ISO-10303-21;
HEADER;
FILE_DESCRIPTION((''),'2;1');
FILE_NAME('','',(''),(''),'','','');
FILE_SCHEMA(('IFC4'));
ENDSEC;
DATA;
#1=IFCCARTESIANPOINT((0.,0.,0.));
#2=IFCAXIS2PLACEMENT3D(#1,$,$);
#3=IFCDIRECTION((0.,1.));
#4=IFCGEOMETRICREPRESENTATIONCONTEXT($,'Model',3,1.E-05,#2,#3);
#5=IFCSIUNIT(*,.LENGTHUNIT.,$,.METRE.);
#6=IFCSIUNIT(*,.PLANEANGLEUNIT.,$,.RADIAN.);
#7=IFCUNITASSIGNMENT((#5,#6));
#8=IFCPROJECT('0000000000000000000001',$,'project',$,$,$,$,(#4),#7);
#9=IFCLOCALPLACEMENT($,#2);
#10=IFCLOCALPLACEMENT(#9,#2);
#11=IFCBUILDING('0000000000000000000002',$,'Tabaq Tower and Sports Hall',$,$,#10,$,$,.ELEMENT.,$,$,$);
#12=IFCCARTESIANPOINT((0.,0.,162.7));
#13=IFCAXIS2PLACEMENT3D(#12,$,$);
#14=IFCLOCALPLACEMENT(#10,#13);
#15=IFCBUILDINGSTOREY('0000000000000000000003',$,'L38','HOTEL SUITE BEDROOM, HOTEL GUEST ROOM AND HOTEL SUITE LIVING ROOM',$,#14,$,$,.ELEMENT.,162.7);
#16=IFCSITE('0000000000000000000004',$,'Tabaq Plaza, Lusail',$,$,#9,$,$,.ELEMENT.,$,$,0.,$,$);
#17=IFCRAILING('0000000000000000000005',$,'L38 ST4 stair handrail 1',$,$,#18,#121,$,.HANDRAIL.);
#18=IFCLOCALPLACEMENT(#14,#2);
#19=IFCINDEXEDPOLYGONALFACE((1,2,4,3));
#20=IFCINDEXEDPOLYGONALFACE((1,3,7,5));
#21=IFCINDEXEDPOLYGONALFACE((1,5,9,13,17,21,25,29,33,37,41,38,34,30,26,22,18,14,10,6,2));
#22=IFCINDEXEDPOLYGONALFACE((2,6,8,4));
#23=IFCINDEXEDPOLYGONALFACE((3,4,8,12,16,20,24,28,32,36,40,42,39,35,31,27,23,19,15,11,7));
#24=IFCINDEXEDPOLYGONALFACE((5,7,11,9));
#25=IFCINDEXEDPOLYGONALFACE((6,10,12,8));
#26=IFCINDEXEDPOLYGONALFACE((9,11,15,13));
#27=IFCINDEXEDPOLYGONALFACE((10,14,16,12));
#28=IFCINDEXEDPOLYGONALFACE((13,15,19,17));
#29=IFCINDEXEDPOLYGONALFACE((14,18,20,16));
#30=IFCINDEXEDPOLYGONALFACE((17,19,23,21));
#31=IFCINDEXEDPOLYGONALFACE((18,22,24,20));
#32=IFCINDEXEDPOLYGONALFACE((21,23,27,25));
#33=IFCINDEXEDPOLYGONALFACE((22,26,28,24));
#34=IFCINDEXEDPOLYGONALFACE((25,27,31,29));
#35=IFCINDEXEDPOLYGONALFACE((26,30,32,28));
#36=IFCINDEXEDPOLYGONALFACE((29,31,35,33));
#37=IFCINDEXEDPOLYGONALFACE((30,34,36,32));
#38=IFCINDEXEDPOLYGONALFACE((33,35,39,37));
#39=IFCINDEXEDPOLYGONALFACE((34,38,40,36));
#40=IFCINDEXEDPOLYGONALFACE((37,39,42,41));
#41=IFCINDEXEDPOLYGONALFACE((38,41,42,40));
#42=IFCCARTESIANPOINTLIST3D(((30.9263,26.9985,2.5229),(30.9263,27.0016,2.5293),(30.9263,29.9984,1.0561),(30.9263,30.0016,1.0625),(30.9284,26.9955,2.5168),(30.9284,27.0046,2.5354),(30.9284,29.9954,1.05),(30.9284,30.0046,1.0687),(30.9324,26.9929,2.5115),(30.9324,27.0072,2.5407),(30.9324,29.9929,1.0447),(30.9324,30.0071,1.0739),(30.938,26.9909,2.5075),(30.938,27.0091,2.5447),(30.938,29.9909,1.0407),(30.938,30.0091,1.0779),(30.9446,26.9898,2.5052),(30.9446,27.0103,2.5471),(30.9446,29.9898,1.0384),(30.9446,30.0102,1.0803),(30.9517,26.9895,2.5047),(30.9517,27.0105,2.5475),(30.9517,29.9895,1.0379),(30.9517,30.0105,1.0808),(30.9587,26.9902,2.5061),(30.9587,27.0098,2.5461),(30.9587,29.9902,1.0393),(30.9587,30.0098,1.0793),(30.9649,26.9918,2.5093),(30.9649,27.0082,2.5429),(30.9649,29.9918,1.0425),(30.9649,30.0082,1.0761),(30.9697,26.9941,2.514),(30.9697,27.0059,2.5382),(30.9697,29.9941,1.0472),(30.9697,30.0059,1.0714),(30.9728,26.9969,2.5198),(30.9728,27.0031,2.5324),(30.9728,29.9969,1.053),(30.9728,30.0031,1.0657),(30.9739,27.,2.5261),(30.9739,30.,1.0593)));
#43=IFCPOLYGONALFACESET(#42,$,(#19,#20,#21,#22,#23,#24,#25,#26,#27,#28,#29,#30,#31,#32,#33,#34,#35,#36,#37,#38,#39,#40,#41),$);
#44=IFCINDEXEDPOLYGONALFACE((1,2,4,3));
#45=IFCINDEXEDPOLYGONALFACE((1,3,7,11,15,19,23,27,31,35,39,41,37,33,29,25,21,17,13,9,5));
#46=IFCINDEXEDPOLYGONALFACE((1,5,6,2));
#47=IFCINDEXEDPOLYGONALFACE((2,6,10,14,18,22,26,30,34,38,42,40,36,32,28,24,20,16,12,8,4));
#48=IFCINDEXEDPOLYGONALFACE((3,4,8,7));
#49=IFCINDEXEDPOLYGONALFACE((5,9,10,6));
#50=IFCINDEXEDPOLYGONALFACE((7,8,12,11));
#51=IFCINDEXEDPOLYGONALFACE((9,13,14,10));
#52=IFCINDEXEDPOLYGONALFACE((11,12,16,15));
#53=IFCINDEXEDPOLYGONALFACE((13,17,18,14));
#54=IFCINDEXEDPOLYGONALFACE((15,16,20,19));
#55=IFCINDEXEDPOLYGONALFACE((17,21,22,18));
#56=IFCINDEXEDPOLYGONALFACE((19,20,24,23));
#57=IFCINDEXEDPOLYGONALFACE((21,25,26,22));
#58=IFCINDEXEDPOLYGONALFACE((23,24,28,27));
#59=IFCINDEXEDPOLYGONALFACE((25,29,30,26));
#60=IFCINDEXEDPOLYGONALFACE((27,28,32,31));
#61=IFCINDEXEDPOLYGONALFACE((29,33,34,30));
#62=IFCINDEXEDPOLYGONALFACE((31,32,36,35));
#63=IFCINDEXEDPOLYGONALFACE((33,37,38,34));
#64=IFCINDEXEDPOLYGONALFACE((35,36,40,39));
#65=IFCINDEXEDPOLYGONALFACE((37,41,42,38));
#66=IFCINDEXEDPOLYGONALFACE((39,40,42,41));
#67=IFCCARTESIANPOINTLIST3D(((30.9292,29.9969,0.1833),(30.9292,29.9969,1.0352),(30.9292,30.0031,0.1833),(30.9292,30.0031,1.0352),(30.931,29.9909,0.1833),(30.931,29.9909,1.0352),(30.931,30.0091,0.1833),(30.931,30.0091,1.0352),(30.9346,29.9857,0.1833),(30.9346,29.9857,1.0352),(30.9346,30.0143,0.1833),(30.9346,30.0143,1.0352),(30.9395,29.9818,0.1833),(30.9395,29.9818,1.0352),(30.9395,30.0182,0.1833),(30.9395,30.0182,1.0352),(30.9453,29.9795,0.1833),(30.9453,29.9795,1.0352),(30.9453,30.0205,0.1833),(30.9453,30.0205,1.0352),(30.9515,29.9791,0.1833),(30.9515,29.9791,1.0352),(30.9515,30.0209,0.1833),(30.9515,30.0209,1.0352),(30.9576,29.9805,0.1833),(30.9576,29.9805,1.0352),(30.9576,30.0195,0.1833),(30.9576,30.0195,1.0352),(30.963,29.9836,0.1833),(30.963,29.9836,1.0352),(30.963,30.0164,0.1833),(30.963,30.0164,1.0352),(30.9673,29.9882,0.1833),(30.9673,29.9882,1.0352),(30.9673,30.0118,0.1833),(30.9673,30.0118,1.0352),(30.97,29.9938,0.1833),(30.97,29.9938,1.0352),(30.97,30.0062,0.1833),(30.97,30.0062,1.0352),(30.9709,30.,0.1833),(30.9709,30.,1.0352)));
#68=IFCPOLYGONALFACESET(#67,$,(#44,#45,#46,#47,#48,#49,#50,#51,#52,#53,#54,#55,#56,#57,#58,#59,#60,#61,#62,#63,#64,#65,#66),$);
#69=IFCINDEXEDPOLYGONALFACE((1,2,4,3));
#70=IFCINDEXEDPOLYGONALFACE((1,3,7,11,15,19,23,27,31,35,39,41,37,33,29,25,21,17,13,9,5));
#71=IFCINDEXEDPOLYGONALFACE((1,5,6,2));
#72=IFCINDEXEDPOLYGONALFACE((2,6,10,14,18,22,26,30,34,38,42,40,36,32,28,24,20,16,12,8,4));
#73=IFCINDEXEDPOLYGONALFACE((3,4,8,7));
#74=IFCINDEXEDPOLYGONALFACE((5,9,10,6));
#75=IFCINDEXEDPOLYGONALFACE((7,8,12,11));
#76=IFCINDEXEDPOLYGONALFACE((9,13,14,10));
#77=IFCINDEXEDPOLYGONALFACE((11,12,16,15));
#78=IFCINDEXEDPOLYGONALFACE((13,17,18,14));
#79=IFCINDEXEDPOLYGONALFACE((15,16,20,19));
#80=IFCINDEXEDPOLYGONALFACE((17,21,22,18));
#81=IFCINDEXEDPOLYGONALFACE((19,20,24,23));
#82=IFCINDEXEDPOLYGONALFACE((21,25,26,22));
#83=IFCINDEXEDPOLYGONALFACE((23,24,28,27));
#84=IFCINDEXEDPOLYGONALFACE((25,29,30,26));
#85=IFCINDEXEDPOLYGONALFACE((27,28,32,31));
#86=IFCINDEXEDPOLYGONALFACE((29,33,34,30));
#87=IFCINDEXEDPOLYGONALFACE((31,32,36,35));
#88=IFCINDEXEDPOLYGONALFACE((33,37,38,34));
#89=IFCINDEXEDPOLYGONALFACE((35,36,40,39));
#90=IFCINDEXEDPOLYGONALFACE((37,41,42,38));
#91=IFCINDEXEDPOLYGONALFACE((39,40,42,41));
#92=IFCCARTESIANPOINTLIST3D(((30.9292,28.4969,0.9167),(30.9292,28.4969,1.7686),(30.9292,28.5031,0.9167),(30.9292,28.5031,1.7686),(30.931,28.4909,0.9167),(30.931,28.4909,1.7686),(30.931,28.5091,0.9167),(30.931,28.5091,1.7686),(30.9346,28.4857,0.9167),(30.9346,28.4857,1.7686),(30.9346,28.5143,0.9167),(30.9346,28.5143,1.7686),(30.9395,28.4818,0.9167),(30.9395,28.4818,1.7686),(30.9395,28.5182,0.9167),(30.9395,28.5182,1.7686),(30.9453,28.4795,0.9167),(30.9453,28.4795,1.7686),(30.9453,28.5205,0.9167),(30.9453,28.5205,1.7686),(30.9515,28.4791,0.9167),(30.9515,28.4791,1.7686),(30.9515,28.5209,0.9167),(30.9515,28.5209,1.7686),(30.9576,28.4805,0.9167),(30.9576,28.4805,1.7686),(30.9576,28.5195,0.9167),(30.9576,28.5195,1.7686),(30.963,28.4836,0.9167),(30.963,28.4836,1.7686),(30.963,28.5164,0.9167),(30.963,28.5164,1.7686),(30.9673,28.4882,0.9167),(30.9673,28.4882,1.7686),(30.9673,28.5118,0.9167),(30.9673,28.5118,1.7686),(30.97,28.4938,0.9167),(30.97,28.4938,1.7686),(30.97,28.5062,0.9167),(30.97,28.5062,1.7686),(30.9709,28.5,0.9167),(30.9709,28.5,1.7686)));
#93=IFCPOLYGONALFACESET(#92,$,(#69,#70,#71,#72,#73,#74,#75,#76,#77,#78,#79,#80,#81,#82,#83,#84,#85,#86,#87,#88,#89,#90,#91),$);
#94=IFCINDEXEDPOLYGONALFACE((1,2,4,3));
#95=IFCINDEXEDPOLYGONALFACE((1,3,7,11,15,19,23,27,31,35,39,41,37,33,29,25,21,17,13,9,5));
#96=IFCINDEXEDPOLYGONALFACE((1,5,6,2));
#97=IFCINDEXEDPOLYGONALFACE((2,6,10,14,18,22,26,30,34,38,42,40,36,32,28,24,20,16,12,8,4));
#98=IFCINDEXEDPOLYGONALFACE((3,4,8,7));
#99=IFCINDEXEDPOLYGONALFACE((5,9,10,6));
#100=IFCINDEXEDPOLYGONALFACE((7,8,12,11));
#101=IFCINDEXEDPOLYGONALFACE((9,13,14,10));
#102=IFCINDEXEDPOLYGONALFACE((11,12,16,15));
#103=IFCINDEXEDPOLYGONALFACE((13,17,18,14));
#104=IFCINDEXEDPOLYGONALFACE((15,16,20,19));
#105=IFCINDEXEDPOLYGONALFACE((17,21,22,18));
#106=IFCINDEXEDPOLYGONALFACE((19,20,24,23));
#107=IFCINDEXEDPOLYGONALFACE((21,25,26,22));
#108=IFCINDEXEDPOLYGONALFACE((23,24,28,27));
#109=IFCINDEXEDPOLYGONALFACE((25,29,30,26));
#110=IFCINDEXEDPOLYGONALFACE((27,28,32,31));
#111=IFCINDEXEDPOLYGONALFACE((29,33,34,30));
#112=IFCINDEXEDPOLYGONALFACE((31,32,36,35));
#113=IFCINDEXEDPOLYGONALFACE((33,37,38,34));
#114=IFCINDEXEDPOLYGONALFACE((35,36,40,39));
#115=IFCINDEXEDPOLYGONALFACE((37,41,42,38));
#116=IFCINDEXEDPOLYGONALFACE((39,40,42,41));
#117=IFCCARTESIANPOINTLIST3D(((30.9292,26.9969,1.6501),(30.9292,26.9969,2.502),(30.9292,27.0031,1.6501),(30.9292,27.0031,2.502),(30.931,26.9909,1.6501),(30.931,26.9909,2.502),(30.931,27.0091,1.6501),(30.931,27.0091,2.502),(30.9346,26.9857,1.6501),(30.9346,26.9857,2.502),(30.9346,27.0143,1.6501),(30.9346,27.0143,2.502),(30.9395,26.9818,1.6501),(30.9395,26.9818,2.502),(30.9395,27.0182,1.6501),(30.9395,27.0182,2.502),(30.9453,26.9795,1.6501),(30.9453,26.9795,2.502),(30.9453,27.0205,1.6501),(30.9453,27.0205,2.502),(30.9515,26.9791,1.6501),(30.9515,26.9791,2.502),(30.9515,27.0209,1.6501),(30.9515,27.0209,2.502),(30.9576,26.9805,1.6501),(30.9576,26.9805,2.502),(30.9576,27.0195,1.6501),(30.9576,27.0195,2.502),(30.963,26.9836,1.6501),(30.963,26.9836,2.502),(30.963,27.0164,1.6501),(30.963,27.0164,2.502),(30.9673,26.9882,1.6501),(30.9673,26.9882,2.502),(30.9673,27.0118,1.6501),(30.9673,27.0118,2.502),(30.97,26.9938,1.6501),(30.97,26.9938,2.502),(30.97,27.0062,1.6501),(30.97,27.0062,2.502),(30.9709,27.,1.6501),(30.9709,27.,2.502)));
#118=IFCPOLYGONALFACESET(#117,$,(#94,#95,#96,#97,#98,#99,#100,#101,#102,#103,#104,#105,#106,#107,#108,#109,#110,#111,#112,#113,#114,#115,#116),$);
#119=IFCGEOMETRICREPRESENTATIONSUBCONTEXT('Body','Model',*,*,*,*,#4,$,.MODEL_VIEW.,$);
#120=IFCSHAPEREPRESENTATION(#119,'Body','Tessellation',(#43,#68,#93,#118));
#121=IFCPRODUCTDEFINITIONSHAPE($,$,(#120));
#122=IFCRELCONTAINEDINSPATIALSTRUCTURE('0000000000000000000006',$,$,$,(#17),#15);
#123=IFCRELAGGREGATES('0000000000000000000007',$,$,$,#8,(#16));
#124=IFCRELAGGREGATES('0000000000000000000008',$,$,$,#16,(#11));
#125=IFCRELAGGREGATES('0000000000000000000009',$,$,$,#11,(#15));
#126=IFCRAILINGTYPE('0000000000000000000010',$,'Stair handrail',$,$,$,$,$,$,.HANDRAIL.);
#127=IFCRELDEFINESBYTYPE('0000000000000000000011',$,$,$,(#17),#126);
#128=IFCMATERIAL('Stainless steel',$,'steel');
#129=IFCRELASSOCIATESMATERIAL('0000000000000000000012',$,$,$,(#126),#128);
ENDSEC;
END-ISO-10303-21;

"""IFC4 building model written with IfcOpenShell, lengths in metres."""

from ifc_helpers import new_model, si_unit, direction, frame, origin, origin_2d, place, context, subcontext, project, spatial, circle, extrude, material, type_object, element, save


model = new_model("IFC4")

# Units and contexts
model_context = context("Model", 3, precision=1e-05, world=origin(), true_north=direction((0.0, 1.0)))
body_context = subcontext(model_context, "Body", "Model", "MODEL_VIEW")
ifc_project = project(units=[si_unit("LENGTHUNIT", "METRE"), si_unit("PLANEANGLEUNIT", "RADIAN")], contexts=[model_context])

# Site, building, storey
site_placement = place(None, origin())
site = spatial("IfcSite", under=ifc_project, at=site_placement, Name="Tabaq Plaza, Lusail", CompositionType="ELEMENT", RefElevation=0.0)
building_placement = place(site_placement, origin())
building = spatial("IfcBuilding", under=site, at=building_placement, Name="Tabaq Tower and Sports Hall", CompositionType="ELEMENT")
storey_placement = place(building_placement, frame((0.0, 0.0, 162.7)))
storey = spatial("IfcBuildingStorey", under=building, at=storey_placement, Name="L38", Description="HOTEL SUITE BEDROOM, HOTEL GUEST ROOM AND HOTEL SUITE LIVING ROOM", CompositionType="ELEMENT", Elevation=162.7)

# Railing
ifc_material_1 = material(Name="Stainless steel", Category="steel")
railing_type_1 = type_object("IfcRailingType", Name="Stair handrail", PredefinedType="HANDRAIL", material=ifc_material_1)
railing_1_placement = place(storey_placement, frame((30.95, 30.0, 0.1833)))
element("IfcRailing", 1, at=railing_1_placement, inside=storey, type_object=railing_type_1, Name="L38 ST4 stair handrail 1", PredefinedType="HANDRAIL", context=body_context, shape_type="SweptSolid", body=[
    extrude(circle(Radius=0.0239, at=origin_2d()), frame((0.0, 0.0, 0.876), z_axis=(0.0, -0.898369, 0.439242), x_axis=(1.0, 0.0, 0.0)), (0.0, 0.0, 1.0), 3.3394),
    extrude(circle(Radius=0.021, at=origin_2d()), origin(), (0.0, 0.0, 1.0), 0.8518),
    extrude(circle(Radius=0.021, at=origin_2d()), frame((0.0, -1.5, 0.7334)), (0.0, 0.0, 1.0), 0.8518),
    extrude(circle(Radius=0.021, at=origin_2d()), frame((0.0, -3.0, 1.4668)), (0.0, 0.0, 1.0), 0.8518),
])

save(model, "model.ifc")
